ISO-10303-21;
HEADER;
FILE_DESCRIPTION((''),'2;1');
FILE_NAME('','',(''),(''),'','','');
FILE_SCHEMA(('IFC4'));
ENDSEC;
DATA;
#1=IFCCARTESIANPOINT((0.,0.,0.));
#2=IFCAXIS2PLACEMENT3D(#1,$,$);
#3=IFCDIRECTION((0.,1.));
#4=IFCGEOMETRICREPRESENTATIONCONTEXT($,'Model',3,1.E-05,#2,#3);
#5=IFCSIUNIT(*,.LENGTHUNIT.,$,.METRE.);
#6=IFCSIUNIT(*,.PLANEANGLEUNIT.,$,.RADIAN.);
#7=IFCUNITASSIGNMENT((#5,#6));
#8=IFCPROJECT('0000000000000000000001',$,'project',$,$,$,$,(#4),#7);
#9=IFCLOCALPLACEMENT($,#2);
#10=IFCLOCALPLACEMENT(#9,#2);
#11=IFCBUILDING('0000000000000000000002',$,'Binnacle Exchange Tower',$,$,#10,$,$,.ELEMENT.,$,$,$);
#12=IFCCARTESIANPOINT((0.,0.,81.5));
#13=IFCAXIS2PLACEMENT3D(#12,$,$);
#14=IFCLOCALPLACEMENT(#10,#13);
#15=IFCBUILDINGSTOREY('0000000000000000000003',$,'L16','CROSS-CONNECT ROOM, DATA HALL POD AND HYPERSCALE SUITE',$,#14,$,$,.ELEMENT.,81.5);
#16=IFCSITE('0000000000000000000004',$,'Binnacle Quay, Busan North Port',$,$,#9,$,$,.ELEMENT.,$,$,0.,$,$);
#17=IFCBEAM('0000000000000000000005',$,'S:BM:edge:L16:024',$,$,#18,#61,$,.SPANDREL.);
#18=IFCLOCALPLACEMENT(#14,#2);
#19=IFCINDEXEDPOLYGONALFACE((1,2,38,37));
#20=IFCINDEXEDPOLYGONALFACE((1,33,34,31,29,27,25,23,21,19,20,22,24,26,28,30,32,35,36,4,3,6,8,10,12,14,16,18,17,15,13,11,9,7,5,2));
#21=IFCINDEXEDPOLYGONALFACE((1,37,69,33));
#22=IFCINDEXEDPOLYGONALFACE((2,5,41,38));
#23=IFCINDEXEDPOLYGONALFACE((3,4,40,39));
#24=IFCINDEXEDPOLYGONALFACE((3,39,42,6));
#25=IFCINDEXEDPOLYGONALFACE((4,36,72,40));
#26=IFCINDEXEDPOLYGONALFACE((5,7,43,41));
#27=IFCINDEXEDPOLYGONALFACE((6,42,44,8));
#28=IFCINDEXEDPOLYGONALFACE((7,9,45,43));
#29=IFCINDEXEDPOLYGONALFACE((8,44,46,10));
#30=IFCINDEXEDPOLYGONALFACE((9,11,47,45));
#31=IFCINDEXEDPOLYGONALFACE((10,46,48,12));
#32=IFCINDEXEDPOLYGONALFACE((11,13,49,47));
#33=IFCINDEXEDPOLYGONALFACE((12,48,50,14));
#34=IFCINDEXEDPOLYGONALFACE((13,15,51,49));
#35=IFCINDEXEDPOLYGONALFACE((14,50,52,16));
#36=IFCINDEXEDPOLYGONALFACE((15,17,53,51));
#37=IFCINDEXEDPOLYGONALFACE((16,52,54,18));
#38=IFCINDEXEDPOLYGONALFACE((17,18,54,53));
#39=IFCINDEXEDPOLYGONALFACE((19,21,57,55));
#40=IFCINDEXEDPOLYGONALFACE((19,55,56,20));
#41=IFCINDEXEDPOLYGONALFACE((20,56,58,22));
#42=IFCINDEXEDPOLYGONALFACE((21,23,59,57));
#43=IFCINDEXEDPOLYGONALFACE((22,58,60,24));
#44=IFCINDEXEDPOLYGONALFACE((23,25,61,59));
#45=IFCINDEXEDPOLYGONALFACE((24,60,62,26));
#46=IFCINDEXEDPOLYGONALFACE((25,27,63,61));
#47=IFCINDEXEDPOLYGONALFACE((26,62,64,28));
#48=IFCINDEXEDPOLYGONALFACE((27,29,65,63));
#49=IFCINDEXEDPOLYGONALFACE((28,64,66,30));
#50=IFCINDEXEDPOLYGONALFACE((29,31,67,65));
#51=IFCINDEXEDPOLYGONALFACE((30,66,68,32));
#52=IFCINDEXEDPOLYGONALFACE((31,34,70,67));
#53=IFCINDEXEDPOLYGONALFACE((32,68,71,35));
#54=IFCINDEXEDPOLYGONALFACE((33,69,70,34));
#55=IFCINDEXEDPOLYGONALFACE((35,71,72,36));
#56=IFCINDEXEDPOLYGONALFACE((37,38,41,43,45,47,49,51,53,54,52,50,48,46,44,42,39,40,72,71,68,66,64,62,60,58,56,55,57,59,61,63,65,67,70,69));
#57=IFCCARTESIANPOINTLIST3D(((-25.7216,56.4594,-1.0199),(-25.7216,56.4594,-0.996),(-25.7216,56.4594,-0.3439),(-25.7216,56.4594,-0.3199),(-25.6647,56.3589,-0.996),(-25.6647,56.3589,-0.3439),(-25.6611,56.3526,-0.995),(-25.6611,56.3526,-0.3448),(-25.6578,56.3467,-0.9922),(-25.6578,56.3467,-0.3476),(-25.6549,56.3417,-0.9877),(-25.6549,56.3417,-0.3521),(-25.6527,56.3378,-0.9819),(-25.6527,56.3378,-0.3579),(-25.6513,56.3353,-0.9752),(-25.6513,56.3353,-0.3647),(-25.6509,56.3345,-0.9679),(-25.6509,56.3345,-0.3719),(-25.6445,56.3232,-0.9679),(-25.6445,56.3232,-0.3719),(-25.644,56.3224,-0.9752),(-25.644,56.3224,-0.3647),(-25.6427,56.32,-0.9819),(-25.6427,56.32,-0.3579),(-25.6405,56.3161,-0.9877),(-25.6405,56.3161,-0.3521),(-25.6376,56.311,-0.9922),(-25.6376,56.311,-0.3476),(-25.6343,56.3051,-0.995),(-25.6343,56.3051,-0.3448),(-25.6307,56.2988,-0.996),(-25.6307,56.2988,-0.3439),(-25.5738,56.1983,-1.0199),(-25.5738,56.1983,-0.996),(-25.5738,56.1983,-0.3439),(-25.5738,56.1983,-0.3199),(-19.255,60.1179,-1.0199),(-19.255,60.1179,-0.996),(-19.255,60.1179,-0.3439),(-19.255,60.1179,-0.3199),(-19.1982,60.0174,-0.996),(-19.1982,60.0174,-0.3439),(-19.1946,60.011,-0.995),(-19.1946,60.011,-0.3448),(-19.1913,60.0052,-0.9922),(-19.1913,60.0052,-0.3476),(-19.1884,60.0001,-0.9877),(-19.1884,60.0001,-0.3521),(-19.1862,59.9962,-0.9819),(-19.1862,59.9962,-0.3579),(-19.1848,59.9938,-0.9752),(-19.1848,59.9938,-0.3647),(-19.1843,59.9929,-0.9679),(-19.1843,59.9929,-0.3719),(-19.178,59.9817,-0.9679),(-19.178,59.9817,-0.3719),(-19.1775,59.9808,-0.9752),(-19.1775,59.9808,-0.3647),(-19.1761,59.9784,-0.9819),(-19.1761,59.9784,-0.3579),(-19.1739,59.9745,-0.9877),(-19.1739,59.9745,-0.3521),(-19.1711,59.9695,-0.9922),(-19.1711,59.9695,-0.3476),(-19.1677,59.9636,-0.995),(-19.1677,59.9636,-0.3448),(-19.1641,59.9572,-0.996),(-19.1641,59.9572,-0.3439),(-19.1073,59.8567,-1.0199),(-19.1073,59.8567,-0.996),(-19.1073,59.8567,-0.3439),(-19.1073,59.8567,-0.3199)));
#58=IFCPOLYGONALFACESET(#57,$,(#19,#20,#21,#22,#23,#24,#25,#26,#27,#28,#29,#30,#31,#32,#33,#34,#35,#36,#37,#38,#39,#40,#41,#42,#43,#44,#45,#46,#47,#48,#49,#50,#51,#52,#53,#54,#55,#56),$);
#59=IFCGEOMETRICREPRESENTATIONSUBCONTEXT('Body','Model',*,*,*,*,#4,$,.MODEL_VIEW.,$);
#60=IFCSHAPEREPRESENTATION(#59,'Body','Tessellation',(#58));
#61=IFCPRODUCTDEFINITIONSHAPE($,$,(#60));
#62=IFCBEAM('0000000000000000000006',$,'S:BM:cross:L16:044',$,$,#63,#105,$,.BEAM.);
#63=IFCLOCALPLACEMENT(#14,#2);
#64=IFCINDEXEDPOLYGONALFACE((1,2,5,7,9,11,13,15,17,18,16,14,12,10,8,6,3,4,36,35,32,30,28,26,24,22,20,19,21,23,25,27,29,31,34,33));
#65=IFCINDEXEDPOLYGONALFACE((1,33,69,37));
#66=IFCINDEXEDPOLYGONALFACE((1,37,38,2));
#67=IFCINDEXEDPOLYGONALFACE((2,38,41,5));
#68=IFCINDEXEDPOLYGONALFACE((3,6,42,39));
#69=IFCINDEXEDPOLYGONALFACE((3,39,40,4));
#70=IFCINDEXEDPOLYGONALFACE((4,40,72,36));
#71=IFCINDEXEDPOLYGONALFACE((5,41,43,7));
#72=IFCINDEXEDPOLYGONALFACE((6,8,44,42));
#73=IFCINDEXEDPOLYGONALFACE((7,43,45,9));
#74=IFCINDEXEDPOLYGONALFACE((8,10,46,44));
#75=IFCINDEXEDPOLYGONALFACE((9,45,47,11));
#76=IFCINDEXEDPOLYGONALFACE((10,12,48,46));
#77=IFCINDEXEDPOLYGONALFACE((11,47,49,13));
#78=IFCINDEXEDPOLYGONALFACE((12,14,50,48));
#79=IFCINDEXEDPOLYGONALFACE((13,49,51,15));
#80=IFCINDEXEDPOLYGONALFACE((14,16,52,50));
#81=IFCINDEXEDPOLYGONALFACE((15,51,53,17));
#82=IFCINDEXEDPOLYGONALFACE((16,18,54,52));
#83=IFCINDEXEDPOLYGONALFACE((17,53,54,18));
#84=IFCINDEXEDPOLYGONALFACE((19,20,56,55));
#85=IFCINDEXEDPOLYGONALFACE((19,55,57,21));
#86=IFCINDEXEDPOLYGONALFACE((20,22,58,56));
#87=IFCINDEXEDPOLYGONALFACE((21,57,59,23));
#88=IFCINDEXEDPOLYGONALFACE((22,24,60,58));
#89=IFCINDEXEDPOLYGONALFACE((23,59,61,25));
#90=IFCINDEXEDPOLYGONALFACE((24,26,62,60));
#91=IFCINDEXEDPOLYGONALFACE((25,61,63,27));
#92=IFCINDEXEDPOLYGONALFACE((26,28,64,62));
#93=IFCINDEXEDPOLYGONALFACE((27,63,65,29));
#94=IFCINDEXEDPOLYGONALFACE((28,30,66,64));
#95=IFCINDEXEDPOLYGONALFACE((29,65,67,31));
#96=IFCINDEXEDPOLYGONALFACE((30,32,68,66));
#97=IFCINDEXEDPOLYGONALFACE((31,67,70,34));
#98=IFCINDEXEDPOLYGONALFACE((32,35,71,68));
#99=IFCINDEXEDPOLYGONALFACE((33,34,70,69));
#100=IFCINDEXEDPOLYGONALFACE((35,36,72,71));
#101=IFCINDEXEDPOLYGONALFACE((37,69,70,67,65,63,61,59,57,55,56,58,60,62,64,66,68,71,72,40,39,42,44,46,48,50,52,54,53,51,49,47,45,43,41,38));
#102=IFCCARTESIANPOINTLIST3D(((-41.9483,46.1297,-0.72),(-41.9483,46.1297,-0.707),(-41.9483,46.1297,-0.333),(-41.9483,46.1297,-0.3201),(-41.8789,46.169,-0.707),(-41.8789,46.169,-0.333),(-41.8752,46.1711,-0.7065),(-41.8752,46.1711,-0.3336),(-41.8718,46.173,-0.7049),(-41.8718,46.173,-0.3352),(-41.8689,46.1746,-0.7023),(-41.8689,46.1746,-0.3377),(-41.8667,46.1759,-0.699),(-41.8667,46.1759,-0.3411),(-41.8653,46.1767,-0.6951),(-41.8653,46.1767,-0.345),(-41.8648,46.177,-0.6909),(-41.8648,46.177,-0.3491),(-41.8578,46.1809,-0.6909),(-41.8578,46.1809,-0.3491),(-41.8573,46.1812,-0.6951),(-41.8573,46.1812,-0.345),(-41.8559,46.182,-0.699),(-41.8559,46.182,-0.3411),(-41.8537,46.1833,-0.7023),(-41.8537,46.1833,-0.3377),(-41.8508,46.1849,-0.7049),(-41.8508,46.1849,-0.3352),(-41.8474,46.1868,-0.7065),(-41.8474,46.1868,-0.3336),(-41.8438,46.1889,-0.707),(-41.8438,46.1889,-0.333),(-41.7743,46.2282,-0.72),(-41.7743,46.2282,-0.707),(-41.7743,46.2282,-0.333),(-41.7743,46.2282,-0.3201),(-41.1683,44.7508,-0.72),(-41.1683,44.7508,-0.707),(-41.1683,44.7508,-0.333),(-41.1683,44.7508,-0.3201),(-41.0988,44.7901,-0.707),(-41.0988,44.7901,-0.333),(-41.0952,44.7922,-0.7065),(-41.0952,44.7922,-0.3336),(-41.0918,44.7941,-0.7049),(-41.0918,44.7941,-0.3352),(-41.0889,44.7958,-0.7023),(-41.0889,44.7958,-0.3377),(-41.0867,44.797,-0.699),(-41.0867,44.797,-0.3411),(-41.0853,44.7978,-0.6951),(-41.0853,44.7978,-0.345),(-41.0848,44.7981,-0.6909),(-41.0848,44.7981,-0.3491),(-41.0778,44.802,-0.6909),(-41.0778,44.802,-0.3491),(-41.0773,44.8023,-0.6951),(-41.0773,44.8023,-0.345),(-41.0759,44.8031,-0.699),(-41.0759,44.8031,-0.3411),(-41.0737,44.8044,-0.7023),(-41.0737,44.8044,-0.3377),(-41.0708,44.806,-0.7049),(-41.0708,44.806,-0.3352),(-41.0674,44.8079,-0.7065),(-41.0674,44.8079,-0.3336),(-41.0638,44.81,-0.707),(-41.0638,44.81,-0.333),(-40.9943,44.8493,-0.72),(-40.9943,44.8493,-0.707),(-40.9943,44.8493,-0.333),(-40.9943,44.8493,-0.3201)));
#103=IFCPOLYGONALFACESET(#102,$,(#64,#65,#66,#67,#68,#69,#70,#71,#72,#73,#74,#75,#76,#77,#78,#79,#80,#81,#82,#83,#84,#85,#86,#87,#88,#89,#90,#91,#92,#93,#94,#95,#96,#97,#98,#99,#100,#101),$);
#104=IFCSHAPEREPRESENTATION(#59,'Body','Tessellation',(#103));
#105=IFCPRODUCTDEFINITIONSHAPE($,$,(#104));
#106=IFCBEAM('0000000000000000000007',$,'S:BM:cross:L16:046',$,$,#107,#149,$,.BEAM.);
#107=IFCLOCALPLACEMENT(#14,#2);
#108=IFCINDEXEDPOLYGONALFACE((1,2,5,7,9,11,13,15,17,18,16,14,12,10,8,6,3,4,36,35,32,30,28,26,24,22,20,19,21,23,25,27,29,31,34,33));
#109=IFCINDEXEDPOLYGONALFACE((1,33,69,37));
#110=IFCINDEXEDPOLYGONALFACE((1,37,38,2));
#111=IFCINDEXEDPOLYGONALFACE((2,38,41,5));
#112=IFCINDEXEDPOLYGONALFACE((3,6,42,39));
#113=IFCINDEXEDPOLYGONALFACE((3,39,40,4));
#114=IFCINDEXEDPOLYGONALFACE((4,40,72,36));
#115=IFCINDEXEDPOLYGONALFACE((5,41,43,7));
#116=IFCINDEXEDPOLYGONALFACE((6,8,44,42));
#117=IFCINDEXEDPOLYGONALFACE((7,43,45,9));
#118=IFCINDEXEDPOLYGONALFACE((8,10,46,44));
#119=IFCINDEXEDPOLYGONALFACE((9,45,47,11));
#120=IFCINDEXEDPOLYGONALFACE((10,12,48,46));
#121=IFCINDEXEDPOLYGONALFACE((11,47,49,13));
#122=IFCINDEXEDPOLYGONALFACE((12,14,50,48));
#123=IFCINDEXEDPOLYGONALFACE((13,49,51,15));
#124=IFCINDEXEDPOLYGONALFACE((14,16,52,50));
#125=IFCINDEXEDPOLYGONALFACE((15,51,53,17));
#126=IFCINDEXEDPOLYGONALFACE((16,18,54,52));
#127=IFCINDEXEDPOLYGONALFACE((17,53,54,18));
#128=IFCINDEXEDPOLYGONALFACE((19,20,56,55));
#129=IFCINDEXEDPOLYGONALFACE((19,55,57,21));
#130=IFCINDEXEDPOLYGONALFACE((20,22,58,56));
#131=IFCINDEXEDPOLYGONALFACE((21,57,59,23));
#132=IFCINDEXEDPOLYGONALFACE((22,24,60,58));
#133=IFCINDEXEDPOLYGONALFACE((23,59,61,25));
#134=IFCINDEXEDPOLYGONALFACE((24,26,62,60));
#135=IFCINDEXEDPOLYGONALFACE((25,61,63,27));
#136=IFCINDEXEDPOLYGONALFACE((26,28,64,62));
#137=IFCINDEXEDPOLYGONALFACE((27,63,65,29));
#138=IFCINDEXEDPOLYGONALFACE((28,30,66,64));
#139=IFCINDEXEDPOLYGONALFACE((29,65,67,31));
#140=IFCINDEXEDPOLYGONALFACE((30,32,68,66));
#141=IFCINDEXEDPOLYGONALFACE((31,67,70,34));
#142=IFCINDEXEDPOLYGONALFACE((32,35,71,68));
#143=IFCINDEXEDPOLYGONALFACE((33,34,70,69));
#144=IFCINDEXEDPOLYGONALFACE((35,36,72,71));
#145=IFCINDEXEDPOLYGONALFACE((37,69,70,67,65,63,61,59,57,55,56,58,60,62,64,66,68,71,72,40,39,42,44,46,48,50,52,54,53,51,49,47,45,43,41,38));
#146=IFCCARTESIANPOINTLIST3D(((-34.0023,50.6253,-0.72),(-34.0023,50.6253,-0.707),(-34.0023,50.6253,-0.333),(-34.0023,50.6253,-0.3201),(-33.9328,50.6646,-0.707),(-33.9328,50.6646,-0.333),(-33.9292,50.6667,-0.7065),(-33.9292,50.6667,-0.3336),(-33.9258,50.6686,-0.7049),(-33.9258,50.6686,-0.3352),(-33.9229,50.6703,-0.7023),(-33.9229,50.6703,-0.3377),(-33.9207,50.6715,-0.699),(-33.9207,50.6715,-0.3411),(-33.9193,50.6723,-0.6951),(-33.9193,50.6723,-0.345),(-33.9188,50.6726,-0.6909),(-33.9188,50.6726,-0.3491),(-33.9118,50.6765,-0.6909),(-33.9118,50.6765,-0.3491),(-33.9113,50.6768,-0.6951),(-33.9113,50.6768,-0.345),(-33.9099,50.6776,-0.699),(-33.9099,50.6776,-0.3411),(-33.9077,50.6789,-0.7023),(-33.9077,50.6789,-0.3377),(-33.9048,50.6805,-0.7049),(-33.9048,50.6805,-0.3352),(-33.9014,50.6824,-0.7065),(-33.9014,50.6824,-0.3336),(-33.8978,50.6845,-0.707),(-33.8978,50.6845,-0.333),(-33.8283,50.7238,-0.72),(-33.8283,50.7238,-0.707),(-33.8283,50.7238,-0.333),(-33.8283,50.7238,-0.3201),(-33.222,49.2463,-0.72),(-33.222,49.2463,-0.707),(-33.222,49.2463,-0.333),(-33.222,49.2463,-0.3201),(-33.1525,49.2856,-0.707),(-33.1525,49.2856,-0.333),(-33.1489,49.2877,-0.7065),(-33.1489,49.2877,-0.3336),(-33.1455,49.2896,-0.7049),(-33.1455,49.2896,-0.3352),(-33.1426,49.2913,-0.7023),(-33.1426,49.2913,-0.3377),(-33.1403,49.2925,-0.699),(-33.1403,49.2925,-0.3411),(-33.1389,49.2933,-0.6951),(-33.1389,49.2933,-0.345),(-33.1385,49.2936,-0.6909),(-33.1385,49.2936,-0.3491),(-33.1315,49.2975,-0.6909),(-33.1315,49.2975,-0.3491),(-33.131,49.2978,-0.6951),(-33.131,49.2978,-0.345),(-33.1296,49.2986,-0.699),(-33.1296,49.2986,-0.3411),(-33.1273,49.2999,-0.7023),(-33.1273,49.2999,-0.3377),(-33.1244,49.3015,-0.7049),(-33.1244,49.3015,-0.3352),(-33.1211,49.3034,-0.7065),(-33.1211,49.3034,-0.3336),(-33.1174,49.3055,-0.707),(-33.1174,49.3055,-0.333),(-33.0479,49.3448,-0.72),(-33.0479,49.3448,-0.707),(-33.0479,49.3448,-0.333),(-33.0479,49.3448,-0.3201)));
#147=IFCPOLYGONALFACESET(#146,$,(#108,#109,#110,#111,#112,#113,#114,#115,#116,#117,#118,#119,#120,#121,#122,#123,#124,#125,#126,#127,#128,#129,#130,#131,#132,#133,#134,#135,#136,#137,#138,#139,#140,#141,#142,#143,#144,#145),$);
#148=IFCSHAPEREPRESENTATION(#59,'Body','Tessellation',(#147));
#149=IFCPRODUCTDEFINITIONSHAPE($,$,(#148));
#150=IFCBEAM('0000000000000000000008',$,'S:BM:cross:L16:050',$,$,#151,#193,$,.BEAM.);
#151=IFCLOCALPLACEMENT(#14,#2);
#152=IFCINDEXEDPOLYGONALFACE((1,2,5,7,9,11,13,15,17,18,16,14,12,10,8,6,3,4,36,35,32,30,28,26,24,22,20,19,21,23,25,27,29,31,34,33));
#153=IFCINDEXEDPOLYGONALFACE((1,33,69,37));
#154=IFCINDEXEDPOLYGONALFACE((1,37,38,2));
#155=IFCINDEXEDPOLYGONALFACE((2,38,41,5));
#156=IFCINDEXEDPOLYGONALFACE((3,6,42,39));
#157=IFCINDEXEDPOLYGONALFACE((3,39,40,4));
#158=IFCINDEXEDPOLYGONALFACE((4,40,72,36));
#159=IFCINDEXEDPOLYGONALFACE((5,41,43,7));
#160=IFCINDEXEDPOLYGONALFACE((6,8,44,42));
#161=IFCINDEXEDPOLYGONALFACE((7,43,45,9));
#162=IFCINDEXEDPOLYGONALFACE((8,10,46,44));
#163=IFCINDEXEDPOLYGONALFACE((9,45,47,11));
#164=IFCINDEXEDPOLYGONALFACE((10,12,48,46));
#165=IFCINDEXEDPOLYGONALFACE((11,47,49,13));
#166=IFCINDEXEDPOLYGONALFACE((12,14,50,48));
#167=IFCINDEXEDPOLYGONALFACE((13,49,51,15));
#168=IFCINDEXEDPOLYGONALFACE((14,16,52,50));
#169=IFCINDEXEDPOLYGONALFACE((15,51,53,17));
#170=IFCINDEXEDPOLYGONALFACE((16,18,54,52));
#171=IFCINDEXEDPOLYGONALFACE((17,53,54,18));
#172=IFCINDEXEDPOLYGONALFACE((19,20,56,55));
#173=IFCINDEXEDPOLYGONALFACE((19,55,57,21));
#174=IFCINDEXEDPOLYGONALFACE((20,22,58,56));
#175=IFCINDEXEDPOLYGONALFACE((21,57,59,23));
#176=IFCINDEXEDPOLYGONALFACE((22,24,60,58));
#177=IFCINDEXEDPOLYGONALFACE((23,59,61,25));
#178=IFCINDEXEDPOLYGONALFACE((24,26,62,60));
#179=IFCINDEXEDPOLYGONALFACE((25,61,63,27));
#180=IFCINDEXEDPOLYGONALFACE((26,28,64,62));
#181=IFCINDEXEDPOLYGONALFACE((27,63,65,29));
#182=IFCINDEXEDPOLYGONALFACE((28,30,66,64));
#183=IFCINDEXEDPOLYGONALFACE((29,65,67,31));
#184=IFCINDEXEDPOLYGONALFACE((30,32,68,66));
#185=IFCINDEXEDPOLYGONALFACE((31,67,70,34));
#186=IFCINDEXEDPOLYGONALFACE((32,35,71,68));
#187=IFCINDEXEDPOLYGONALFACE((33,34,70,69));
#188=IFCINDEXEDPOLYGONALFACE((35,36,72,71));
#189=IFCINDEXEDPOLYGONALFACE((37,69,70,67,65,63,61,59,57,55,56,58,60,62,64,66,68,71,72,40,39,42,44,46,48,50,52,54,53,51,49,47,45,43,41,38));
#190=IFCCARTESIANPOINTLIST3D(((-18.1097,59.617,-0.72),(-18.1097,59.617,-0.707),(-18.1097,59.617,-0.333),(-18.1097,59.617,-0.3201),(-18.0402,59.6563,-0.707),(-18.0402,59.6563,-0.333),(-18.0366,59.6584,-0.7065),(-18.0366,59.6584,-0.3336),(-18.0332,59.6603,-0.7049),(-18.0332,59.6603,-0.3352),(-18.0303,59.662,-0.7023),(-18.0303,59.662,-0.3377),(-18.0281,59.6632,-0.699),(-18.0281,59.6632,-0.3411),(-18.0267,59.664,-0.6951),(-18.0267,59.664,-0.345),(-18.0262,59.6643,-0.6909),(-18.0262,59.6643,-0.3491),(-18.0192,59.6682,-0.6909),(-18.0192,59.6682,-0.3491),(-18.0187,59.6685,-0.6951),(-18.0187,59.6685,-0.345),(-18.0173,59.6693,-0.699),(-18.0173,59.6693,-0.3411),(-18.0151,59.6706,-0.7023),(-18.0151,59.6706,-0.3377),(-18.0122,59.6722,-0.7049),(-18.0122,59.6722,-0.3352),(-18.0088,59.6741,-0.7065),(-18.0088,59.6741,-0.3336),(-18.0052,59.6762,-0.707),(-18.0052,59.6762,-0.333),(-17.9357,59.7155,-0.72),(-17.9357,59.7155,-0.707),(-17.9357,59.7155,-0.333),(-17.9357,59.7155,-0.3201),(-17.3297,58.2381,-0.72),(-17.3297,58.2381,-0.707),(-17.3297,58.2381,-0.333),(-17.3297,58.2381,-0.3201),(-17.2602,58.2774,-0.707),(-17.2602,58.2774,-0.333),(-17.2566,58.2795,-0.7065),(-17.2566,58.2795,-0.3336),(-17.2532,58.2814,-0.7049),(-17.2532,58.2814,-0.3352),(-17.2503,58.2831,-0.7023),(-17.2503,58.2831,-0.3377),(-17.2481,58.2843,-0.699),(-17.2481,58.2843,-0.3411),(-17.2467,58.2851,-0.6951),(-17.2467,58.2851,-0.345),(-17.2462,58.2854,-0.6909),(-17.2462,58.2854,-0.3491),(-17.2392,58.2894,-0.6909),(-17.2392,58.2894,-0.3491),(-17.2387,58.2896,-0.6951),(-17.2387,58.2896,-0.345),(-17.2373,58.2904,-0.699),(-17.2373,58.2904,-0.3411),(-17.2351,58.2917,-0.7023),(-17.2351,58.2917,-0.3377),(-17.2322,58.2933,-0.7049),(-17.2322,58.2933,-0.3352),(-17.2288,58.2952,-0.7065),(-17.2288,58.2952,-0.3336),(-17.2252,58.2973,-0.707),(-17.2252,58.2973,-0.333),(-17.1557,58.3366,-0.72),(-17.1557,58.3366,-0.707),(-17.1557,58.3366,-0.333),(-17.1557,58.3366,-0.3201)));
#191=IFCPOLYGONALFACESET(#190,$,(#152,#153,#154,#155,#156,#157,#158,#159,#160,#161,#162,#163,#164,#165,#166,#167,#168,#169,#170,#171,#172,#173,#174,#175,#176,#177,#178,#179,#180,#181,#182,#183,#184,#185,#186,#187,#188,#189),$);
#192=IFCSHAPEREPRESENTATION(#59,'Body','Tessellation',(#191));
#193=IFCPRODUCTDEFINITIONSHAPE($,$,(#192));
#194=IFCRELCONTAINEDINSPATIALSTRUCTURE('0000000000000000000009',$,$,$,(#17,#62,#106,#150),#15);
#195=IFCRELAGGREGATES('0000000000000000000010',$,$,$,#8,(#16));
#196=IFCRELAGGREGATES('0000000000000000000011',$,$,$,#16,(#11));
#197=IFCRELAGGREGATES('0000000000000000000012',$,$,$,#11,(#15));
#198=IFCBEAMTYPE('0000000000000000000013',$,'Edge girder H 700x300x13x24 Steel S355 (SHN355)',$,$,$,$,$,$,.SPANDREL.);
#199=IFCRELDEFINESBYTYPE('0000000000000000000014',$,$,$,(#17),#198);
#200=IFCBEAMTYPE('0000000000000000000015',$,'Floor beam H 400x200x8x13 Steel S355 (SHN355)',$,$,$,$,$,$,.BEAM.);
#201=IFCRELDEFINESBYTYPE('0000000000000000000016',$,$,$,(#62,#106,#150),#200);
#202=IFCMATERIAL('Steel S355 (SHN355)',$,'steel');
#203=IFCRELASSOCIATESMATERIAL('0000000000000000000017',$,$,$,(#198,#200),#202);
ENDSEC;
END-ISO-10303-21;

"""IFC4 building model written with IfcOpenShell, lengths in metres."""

from ifc_helpers import new_model, si_unit, direction, frame, origin, origin_2d, place, context, subcontext, project, spatial, i_section, extrude, material, material_profile, profile_set, type_object, element, save


model = new_model("IFC4")

# Units and contexts
model_context = context("Model", 3, precision=1e-05, world=origin(), true_north=direction((0.0, 1.0)))
body_context = subcontext(model_context, "Body", "Model", "MODEL_VIEW")
ifc_project = project(units=[si_unit("LENGTHUNIT", "METRE"), si_unit("PLANEANGLEUNIT", "RADIAN")], contexts=[model_context])

# Site, building, storey
site_placement = place(None, origin())
site = spatial("IfcSite", under=ifc_project, at=site_placement, Name="Binnacle Quay, Busan North Port", CompositionType="ELEMENT", RefElevation=0.0)
building_placement = place(site_placement, origin())
building = spatial("IfcBuilding", under=site, at=building_placement, Name="Binnacle Exchange Tower", CompositionType="ELEMENT")
storey_placement = place(building_placement, frame((0.0, 0.0, 81.5)))
storey = spatial("IfcBuildingStorey", under=building, at=storey_placement, Name="L16", Description="CROSS-CONNECT ROOM, DATA HALL POD AND HYPERSCALE SUITE", CompositionType="ELEMENT", Elevation=81.5)

# Beams
ifc_material_1 = material(Name="Steel S355 (SHN355)", Category="steel")
ifc_material_profile_1 = material_profile(ifc_material_1, i_section(OverallWidth=0.3, OverallDepth=0.7, WebThickness=0.0129, FlangeThickness=0.0239, FilletRadius=0.0281, at=origin_2d()), Name="H 700x300x13x24")
ifc_profile_set_1 = profile_set([ifc_material_profile_1], Name="Steel S355 (SHN355)")
beam_type_1 = type_object("IfcBeamType", Name="Edge girder H 700x300x13x24 Steel S355 (SHN355)", PredefinedType="SPANDREL", material=ifc_profile_set_1)
beam_1_placement = place(storey_placement, frame((-19.1812, 59.9873, -0.6699), z_axis=(-0.870364, -0.492408, 0.0), x_axis=(0.492408, -0.870364, 0.0)))
element("IfcBeam", 1, at=beam_1_placement, inside=storey, type_object=beam_type_1, Name="S:BM:edge:L16:024", PredefinedType="SPANDREL", context=body_context, shape_type="SweptSolid", body=[
    extrude(i_section(OverallWidth=0.3, OverallDepth=0.7, WebThickness=0.0129, FlangeThickness=0.0239, FilletRadius=0.0281, at=origin_2d()), origin(), (0.0, 0.0, 1.0), 7.4297),
])
ifc_material_profile_2 = material_profile(ifc_material_1, i_section(OverallWidth=0.2, OverallDepth=0.3999, WebThickness=0.0081, FlangeThickness=0.0129, FilletRadius=0.0161, at=origin_2d()), Name="H 400x200x8x13")
ifc_profile_set_2 = profile_set([ifc_material_profile_2], Name="Steel S355 (SHN355)")
beam_type_2 = type_object("IfcBeamType", Name="Floor beam H 400x200x8x13 Steel S355 (SHN355)", PredefinedType="BEAM", material=ifc_profile_set_2)
beam_2_placement = place(storey_placement, frame((-41.8613, 46.179, -0.52), z_axis=(0.492367, -0.870388, 0.0), x_axis=(0.870388, 0.492367, 0.0)))
element("IfcBeam", 2, at=beam_2_placement, inside=storey, type_object=beam_type_2, Name="S:BM:cross:L16:044", PredefinedType="BEAM", context=body_context, shape_type="SweptSolid", body=[
    extrude(i_section(OverallWidth=0.2, OverallDepth=0.3999, WebThickness=0.0081, FlangeThickness=0.0129, FilletRadius=0.0161, at=origin_2d()), origin(), (0.0, 0.0, 1.0), 1.5842),
])
beam_3_placement = place(storey_placement, frame((-33.9153, 50.6746, -0.52), z_axis=(0.492484, -0.870322, 0.0), x_axis=(0.870322, 0.492484, 0.0)))
element("IfcBeam", 3, at=beam_3_placement, inside=storey, type_object=beam_type_2, Name="S:BM:cross:L16:046", PredefinedType="BEAM", context=body_context, shape_type="SweptSolid", body=[
    extrude(i_section(OverallWidth=0.2, OverallDepth=0.3999, WebThickness=0.0081, FlangeThickness=0.0129, FilletRadius=0.0161, at=origin_2d()), origin(), (0.0, 0.0, 1.0), 1.5845),
])
beam_4_placement = place(storey_placement, frame((-18.0227, 59.6663, -0.52), z_axis=(0.492367, -0.870388, 0.0), x_axis=(0.870388, 0.492367, 0.0)))
element("IfcBeam", 4, at=beam_4_placement, inside=storey, type_object=beam_type_2, Name="S:BM:cross:L16:050", PredefinedType="BEAM", context=body_context, shape_type="SweptSolid", body=[
    extrude(i_section(OverallWidth=0.2, OverallDepth=0.3999, WebThickness=0.0081, FlangeThickness=0.0129, FilletRadius=0.0161, at=origin_2d()), origin(), (0.0, 0.0, 1.0), 1.5842),
])

save(model, "model.ifc")
